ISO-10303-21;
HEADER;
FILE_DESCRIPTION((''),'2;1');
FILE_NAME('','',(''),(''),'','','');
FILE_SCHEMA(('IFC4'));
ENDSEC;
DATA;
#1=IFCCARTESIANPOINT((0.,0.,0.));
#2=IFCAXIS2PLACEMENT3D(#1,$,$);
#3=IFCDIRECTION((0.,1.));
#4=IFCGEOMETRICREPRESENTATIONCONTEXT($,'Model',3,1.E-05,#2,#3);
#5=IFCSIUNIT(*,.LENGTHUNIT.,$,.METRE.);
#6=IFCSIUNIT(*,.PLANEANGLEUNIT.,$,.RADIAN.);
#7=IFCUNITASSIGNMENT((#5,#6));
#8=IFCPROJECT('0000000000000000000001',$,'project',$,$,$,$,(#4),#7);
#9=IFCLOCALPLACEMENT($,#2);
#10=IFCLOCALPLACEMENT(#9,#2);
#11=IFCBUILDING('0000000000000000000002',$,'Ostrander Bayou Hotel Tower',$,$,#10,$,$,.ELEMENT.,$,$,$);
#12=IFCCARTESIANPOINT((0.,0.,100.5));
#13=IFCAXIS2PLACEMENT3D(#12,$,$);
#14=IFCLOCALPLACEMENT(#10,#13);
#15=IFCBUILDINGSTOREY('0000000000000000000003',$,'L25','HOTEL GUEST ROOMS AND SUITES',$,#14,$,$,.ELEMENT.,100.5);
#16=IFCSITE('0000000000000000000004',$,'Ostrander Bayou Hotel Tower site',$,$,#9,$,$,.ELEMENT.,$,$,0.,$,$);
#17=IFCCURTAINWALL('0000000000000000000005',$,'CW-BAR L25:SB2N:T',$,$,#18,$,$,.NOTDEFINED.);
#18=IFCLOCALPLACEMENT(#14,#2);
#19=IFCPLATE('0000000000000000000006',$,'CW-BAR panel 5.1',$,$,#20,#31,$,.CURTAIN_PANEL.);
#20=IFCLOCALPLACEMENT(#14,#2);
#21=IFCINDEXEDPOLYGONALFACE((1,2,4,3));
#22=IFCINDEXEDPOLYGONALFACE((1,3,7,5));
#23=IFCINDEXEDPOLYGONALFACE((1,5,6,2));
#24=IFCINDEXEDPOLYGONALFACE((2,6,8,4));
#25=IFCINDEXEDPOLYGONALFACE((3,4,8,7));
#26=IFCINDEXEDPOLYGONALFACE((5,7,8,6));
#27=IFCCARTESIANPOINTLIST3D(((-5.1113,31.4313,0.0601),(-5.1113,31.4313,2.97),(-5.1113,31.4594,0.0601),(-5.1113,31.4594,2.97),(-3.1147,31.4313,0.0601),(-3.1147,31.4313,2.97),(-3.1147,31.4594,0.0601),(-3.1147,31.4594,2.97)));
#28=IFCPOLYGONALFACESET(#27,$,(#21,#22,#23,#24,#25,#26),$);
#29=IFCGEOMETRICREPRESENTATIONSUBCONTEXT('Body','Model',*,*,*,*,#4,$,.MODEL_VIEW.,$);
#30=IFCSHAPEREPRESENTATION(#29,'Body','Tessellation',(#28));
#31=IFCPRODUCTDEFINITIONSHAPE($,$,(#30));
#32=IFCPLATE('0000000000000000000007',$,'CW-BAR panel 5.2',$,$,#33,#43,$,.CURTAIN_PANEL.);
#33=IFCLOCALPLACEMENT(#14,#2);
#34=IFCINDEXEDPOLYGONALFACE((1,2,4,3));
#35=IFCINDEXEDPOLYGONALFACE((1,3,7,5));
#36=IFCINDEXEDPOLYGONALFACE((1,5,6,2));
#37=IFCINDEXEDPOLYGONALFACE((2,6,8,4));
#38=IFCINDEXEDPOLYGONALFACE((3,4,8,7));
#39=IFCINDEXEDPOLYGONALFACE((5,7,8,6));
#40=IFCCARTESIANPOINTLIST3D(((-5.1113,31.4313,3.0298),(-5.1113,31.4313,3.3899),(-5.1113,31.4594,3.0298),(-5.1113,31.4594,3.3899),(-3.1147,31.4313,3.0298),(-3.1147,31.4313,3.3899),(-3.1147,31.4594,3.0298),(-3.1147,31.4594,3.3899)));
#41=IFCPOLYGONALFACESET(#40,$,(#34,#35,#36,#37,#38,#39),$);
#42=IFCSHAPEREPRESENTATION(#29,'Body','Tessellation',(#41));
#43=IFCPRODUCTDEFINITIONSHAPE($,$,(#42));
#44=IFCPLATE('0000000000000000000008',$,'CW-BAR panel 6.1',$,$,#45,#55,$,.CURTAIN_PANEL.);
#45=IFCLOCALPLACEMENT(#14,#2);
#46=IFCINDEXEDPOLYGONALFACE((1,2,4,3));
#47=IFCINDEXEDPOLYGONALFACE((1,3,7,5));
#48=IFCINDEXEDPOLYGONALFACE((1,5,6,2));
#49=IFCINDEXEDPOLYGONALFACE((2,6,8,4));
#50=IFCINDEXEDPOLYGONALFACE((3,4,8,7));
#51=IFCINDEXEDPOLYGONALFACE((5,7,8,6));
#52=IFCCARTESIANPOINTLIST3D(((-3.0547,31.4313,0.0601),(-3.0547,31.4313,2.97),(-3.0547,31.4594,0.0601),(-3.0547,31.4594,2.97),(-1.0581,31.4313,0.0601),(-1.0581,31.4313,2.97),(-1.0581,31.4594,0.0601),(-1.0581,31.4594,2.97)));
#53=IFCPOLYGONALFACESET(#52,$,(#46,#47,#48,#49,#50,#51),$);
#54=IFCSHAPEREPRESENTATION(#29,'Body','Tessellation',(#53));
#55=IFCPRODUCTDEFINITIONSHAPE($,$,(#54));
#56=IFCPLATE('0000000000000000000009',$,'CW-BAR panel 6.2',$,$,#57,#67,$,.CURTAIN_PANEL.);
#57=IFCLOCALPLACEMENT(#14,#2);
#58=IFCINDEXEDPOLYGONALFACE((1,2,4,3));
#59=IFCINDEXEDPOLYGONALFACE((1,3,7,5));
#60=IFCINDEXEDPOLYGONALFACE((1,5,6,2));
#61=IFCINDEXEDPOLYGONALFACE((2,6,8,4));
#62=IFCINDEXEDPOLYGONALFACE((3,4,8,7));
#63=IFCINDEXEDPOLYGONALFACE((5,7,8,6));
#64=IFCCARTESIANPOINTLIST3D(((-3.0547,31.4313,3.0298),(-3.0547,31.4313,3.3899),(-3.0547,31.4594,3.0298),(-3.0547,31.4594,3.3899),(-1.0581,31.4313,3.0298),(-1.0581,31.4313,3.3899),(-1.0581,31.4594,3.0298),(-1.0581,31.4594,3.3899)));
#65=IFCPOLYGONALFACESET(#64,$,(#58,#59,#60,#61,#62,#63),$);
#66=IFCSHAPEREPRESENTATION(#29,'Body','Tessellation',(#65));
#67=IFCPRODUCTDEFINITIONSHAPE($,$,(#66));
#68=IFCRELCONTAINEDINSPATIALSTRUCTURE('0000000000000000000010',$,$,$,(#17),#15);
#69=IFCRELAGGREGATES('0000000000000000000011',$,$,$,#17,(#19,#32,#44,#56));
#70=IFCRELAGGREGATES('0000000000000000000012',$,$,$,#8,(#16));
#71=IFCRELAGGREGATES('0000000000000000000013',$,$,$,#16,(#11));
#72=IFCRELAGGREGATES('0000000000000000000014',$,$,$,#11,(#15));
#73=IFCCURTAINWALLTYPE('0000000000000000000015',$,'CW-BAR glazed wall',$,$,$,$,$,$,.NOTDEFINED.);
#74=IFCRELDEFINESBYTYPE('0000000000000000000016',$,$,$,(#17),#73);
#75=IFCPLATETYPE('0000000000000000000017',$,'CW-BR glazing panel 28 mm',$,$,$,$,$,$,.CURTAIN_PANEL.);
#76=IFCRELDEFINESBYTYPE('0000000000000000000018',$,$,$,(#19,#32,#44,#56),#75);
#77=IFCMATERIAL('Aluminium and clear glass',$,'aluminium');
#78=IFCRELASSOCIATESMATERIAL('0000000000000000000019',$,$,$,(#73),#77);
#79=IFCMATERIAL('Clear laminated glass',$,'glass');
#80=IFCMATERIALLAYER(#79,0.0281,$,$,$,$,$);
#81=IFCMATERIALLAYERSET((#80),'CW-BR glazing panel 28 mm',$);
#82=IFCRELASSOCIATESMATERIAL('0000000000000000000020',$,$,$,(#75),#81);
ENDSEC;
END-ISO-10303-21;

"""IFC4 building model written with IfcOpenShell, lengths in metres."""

from ifc_helpers import new_model, si_unit, direction, frame, origin, origin_2d, place, context, subcontext, project, spatial, rectangle, extrude, material, layer, layer_set, type_object, element, aggregate, save


model = new_model("IFC4")

# Units and contexts
model_context = context("Model", 3, precision=1e-05, world=origin(), true_north=direction((0.0, 1.0)))
body_context = subcontext(model_context, "Body", "Model", "MODEL_VIEW")
ifc_project = project(units=[si_unit("LENGTHUNIT", "METRE"), si_unit("PLANEANGLEUNIT", "RADIAN")], contexts=[model_context])

# Site, building, storey
site_placement = place(None, origin())
site = spatial("IfcSite", under=ifc_project, at=site_placement, Name="Ostrander Bayou Hotel Tower site", CompositionType="ELEMENT", RefElevation=0.0)
building_placement = place(site_placement, origin())
building = spatial("IfcBuilding", under=site, at=building_placement, Name="Ostrander Bayou Hotel Tower", CompositionType="ELEMENT")
storey_placement = place(building_placement, frame((0.0, 0.0, 100.5)))
storey = spatial("IfcBuildingStorey", under=building, at=storey_placement, Name="L25", Description="HOTEL GUEST ROOMS AND SUITES", CompositionType="ELEMENT", Elevation=100.5)

# Curtain wall, plates
ifc_material_1 = material(Name="Aluminium and clear glass", Category="aluminium")
curtain_wall_type = type_object("IfcCurtainWallType", Name="CW-BAR glazed wall", PredefinedType="NOTDEFINED", material=ifc_material_1)
curtain_wall_placement = place(storey_placement, origin())
curtain_wall = element("IfcCurtainWall", 1, at=curtain_wall_placement, inside=storey, type_object=curtain_wall_type, Name="CW-BAR L25:SB2N:T", PredefinedType="NOTDEFINED")
ifc_material_2 = material(Name="Clear laminated glass", Category="glass")
ifc_layer = layer(ifc_material_2, 0.0281)
ifc_layer_set = layer_set([ifc_layer], Name="CW-BR glazing panel 28 mm")
plate_type = type_object("IfcPlateType", Name="CW-BR glazing panel 28 mm", PredefinedType="CURTAIN_PANEL", material=ifc_layer_set)
plate_1_placement = place(storey_placement, frame((-4.113, 31.4453, 0.0601), z_axis=(0.0, 0.0, 1.0), x_axis=(1.0, 0.0, 0.0)))
plate_1 = element("IfcPlate", 2, at=plate_1_placement, type_object=plate_type, Name="CW-BAR panel 5.1", PredefinedType="CURTAIN_PANEL", context=body_context, shape_type="SweptSolid", body=[
    extrude(rectangle(XDim=1.9966, YDim=0.0281, at=origin_2d()), origin(), (0.0, 0.0, 1.0), 2.9099),
])
plate_2_placement = place(storey_placement, frame((-4.113, 31.4453, 3.0298), z_axis=(0.0, 0.0, 1.0), x_axis=(1.0, 0.0, 0.0)))
plate_2 = element("IfcPlate", 3, at=plate_2_placement, type_object=plate_type, Name="CW-BAR panel 5.2", PredefinedType="CURTAIN_PANEL", context=body_context, shape_type="SweptSolid", body=[
    extrude(rectangle(XDim=1.9966, YDim=0.0281, at=origin_2d()), origin(), (0.0, 0.0, 1.0), 0.3601),
])
plate_3_placement = place(storey_placement, frame((-2.0564, 31.4453, 0.0601), z_axis=(0.0, 0.0, 1.0), x_axis=(1.0, 0.0, 0.0)))
plate_3 = element("IfcPlate", 4, at=plate_3_placement, type_object=plate_type, Name="CW-BAR panel 6.1", PredefinedType="CURTAIN_PANEL", context=body_context, shape_type="SweptSolid", body=[
    extrude(rectangle(XDim=1.9966, YDim=0.0281, at=origin_2d()), origin(), (0.0, 0.0, 1.0), 2.9099),
])
plate_4_placement = place(storey_placement, frame((-2.0564, 31.4453, 3.0298), z_axis=(0.0, 0.0, 1.0), x_axis=(1.0, 0.0, 0.0)))
plate_4 = element("IfcPlate", 5, at=plate_4_placement, type_object=plate_type, Name="CW-BAR panel 6.2", PredefinedType="CURTAIN_PANEL", context=body_context, shape_type="SweptSolid", body=[
    extrude(rectangle(XDim=1.9966, YDim=0.0281, at=origin_2d()), origin(), (0.0, 0.0, 1.0), 0.3601),
])
aggregate(curtain_wall, [plate_1, plate_2, plate_3, plate_4])

save(model, "model.ifc")
